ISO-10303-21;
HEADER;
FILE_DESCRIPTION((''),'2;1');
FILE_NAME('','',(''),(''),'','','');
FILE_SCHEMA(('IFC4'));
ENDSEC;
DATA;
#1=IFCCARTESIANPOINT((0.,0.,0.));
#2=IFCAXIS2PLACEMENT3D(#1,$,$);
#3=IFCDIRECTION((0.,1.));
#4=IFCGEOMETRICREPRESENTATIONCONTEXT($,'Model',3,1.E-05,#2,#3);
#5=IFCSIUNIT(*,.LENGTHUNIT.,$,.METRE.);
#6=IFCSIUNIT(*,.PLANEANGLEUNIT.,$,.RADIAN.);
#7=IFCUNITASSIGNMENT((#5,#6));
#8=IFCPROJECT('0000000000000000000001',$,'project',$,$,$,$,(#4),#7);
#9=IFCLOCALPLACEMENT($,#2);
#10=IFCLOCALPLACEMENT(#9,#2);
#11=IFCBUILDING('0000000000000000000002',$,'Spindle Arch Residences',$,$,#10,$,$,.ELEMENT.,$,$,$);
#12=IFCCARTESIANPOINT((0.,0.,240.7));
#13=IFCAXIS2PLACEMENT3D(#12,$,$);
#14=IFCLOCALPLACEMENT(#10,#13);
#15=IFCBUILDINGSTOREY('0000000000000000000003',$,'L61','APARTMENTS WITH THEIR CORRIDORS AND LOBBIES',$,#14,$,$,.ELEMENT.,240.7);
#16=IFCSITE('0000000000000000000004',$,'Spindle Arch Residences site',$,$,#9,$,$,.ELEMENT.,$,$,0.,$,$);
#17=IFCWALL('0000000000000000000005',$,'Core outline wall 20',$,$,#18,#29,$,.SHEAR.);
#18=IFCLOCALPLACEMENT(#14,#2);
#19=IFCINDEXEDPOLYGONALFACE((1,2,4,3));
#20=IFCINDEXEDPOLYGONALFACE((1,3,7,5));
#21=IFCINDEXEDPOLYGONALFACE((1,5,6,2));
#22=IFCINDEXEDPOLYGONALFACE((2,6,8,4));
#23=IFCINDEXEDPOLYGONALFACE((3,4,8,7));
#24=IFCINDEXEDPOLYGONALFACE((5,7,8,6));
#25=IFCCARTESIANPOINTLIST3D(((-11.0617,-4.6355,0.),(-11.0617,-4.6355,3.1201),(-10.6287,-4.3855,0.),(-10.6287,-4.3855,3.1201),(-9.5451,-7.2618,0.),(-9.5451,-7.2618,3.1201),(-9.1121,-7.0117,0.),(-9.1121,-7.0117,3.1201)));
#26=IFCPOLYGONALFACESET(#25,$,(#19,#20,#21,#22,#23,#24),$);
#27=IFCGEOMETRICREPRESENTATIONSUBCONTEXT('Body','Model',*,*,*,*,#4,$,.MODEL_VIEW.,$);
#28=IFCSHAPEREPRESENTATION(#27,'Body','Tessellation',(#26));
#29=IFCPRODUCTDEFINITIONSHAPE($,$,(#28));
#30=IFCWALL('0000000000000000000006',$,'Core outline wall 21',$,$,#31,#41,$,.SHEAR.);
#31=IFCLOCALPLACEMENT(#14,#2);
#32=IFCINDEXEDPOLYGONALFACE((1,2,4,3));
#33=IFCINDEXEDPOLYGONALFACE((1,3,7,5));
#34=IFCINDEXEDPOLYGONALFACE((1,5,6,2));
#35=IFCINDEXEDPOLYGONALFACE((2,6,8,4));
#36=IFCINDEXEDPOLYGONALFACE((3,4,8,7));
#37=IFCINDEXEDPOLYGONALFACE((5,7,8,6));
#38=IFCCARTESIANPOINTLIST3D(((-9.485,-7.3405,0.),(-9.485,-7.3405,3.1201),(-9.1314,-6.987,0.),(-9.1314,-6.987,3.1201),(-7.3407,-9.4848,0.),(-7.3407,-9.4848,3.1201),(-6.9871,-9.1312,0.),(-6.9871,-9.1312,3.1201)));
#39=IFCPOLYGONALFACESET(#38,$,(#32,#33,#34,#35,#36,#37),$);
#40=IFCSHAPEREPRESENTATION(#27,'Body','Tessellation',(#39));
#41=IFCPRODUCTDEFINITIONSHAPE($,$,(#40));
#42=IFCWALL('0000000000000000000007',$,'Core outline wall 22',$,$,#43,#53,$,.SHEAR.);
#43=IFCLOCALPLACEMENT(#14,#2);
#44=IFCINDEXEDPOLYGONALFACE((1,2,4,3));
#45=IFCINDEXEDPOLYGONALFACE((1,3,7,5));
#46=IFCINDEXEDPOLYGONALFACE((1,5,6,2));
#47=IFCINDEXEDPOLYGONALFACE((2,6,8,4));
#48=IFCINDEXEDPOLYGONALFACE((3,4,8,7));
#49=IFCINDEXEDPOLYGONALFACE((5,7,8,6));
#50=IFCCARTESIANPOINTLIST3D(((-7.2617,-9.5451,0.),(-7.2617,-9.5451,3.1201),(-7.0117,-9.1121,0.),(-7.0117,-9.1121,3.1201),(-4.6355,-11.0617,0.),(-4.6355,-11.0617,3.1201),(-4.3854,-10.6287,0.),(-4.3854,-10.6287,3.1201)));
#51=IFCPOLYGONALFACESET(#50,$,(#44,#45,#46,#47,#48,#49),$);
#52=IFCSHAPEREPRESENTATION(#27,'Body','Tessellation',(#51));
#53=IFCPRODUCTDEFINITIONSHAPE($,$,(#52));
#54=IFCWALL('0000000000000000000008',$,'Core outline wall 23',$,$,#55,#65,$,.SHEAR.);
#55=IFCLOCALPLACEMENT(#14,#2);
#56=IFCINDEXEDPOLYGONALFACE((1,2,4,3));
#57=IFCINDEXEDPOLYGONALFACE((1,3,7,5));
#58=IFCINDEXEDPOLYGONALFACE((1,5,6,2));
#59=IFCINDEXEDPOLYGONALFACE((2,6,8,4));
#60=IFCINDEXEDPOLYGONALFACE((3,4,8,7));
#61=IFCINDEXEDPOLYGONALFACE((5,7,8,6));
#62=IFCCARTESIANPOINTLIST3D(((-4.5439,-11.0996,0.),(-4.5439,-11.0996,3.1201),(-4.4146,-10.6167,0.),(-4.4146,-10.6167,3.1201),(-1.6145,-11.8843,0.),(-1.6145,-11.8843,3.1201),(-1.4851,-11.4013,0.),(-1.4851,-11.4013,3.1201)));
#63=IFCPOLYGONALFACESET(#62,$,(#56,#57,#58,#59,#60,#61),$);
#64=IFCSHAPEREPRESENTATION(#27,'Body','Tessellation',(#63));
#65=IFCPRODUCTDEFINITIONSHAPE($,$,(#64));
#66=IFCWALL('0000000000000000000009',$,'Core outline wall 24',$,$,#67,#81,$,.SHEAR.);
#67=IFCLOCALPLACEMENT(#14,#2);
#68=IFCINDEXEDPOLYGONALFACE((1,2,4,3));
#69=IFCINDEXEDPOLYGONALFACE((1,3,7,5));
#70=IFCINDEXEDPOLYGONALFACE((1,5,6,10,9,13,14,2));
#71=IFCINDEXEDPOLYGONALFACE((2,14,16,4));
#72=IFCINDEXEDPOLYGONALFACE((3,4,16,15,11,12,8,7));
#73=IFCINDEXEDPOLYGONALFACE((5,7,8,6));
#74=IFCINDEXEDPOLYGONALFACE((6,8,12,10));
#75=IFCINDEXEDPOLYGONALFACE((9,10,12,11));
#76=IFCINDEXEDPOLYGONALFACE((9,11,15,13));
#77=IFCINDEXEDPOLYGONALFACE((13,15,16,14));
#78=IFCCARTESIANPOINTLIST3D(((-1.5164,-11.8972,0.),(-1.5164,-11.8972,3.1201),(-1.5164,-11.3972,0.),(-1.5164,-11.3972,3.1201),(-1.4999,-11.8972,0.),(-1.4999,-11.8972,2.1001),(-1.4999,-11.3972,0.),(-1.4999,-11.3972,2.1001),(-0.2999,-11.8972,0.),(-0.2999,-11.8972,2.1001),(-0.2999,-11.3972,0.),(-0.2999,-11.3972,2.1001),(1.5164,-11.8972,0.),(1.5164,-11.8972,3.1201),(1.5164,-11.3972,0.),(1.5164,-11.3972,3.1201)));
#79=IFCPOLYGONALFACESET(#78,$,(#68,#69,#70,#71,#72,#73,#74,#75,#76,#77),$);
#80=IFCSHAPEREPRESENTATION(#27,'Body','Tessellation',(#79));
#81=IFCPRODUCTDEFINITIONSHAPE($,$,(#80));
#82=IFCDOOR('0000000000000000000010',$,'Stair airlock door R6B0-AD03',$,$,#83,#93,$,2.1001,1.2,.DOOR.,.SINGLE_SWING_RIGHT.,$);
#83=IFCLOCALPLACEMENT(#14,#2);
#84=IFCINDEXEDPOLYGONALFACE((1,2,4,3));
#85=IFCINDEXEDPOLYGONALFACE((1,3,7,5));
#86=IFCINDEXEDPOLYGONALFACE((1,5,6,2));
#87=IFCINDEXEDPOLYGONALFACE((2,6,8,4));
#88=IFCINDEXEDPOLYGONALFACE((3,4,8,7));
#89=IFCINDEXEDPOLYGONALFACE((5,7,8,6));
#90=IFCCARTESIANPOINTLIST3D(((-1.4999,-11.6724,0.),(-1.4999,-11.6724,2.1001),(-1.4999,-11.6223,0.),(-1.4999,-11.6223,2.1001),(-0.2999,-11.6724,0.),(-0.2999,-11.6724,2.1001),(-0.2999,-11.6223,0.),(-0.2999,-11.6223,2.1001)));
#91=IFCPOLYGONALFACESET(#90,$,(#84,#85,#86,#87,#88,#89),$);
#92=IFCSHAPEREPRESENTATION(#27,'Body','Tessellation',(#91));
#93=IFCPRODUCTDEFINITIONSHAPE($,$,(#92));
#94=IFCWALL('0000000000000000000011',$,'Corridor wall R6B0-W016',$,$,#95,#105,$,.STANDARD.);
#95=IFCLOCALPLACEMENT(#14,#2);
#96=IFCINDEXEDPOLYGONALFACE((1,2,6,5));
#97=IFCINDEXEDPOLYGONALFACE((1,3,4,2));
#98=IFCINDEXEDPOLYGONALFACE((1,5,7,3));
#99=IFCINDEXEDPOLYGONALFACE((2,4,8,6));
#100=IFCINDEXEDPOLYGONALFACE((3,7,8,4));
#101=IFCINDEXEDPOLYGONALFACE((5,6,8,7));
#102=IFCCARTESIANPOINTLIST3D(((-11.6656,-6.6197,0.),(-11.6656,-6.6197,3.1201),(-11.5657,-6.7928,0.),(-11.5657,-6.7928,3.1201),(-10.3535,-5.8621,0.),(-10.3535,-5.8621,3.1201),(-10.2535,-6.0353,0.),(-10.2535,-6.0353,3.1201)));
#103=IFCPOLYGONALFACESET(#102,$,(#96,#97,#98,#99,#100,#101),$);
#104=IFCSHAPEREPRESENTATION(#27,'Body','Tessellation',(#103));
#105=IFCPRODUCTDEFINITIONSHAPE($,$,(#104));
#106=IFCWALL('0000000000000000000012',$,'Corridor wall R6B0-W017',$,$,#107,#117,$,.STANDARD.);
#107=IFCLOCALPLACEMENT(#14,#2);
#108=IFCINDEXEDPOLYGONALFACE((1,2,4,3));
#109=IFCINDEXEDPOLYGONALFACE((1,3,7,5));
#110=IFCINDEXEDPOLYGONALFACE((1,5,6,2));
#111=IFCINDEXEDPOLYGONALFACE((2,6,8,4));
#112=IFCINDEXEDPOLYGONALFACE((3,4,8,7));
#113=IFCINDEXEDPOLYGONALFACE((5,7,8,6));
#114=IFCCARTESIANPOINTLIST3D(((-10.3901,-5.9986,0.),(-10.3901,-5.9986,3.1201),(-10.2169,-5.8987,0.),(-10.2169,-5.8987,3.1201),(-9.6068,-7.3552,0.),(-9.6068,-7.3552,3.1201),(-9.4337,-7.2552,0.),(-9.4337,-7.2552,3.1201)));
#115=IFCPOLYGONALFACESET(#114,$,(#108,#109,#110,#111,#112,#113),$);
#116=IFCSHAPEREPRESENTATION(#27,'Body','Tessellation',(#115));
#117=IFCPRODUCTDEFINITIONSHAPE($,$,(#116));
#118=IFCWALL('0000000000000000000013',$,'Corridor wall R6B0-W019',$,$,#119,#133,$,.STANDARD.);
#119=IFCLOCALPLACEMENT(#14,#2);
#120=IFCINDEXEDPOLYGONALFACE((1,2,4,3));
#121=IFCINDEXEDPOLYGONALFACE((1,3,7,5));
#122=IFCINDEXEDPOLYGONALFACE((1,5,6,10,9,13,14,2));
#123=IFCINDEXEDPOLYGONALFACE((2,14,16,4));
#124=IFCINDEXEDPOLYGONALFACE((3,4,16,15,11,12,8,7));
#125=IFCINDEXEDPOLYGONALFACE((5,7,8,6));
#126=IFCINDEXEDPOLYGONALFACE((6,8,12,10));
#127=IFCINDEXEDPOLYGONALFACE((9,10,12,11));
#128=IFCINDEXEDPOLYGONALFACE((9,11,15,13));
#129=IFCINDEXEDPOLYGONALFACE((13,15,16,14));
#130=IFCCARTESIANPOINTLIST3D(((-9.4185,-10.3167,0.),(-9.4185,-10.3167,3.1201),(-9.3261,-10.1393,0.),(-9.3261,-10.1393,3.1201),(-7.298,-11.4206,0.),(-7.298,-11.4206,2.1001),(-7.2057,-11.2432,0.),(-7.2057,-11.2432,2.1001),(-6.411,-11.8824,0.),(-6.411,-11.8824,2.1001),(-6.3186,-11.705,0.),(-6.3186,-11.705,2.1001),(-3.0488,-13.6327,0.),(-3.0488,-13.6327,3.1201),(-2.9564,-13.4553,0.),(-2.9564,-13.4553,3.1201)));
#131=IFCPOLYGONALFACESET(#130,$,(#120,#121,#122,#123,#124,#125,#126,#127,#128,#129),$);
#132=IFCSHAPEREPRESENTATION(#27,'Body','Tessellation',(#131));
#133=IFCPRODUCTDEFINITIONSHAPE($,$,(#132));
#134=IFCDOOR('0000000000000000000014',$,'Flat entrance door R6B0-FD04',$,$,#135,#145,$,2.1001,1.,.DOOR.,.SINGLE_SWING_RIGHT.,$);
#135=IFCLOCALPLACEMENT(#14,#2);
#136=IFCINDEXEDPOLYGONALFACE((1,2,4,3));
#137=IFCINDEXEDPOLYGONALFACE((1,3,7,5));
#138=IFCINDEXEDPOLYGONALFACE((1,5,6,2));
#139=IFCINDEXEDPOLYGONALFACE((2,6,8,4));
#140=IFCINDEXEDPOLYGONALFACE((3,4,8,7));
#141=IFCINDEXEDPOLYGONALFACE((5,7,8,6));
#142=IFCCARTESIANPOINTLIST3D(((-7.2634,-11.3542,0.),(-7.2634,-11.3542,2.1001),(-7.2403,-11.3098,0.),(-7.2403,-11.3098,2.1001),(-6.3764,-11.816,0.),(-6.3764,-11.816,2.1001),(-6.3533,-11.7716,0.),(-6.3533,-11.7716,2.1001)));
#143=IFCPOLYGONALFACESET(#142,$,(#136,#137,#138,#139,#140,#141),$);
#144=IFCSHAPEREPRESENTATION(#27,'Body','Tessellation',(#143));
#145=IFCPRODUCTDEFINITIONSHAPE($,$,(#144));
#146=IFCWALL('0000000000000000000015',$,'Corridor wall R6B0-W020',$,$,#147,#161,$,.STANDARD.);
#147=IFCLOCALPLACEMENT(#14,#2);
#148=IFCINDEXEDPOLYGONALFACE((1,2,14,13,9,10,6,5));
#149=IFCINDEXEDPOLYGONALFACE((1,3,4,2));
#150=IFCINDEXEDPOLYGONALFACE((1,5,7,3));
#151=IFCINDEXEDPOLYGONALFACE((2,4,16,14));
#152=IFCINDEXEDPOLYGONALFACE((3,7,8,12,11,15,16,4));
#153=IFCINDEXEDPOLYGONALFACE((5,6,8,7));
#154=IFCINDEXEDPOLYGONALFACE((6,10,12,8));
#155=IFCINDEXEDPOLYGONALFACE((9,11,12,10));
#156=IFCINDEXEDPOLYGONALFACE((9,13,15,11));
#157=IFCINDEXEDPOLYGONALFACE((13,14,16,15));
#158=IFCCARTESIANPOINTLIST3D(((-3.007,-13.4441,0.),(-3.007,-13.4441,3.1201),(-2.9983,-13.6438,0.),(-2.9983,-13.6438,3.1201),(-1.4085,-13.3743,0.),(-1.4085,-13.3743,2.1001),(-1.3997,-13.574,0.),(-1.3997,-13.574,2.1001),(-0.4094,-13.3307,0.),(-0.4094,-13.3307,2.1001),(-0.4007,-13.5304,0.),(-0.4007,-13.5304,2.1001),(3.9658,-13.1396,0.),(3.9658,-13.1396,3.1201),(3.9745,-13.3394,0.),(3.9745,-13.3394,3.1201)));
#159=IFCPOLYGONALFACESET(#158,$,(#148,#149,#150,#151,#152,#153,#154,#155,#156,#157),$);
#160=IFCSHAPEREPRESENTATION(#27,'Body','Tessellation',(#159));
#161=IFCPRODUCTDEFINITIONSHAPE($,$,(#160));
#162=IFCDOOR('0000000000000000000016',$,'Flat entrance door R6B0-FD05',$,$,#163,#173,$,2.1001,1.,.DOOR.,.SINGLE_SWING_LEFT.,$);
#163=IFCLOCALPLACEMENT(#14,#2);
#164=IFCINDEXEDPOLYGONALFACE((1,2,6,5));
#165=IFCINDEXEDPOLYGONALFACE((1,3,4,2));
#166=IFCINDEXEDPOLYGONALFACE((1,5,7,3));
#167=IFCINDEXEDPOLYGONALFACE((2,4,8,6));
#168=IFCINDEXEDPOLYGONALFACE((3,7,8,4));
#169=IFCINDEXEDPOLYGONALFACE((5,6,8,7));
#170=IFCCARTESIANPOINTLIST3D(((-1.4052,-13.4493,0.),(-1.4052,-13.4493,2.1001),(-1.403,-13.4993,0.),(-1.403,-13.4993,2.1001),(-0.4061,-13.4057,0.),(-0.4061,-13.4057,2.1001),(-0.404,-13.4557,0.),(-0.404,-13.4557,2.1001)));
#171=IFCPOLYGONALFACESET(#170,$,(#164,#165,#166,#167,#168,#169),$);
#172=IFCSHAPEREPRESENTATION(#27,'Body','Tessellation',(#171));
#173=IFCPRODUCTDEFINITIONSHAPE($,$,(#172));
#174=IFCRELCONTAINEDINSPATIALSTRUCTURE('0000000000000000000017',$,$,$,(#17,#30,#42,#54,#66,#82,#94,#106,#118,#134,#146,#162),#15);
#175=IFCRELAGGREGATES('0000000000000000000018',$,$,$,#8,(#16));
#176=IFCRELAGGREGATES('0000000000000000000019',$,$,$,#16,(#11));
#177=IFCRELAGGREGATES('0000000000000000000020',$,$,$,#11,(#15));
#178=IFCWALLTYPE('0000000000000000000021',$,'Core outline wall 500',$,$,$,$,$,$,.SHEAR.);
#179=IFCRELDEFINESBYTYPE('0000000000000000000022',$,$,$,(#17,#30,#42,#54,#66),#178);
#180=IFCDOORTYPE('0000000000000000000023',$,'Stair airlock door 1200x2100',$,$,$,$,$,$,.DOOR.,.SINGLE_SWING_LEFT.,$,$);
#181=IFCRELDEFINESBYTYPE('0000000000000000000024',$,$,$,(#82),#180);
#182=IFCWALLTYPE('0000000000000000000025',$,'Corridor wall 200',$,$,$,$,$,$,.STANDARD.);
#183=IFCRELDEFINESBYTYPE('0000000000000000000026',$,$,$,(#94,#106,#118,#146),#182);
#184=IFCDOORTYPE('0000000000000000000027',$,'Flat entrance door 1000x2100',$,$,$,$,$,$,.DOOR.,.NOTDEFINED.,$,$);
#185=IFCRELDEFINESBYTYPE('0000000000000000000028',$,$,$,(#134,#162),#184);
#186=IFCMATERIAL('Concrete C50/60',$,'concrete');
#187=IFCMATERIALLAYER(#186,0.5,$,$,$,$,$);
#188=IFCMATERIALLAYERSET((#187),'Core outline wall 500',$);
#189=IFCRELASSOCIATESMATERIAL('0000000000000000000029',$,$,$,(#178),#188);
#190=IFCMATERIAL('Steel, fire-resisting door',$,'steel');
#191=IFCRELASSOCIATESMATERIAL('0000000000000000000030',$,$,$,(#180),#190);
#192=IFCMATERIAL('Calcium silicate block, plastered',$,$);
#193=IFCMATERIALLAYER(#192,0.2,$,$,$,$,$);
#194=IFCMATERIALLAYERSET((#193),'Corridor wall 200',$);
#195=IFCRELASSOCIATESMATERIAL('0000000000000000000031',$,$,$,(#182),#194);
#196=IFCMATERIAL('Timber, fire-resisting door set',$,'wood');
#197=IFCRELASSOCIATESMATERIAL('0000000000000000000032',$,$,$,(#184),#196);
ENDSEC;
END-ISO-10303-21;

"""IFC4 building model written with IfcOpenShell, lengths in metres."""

from ifc_helpers import new_model, si_unit, direction, frame, frame_2d, origin, place, context, subcontext, project, spatial, rectangle, extrude, material, layer, layer_set, type_object, element, fill, save


model = new_model("IFC4")

# Units and contexts
model_context = context("Model", 3, precision=1e-05, world=origin(), true_north=direction((0.0, 1.0)))
body_context = subcontext(model_context, "Body", "Model", "MODEL_VIEW")
ifc_project = project(units=[si_unit("LENGTHUNIT", "METRE"), si_unit("PLANEANGLEUNIT", "RADIAN")], contexts=[model_context])

# Site, building, storey
site_placement = place(None, origin())
site = spatial("IfcSite", under=ifc_project, at=site_placement, Name="Spindle Arch Residences site", CompositionType="ELEMENT", RefElevation=0.0)
building_placement = place(site_placement, origin())
building = spatial("IfcBuilding", under=site, at=building_placement, Name="Spindle Arch Residences", CompositionType="ELEMENT")
storey_placement = place(building_placement, frame((0.0, 0.0, 240.7)))
storey = spatial("IfcBuildingStorey", under=building, at=storey_placement, Name="L61", Description="APARTMENTS WITH THEIR CORRIDORS AND LOBBIES", CompositionType="ELEMENT", Elevation=240.7)

# Walls
ifc_material_1 = material(Name="Concrete C50/60", Category="concrete")
ifc_layer_1 = layer(ifc_material_1, 0.5)
ifc_layer_set_1 = layer_set([ifc_layer_1], Name="Core outline wall 500")
wall_type_1 = type_object("IfcWallType", Name="Core outline wall 500", PredefinedType="SHEAR", material=ifc_layer_set_1)
wall_1_placement = place(storey_placement, frame((-10.8452, -4.5105, 0.0), z_axis=(0.0, 0.0, 1.0), x_axis=(0.500087, -0.865975, 0.0)))
element("IfcWall", 1, at=wall_1_placement, inside=storey, type_object=wall_type_1, Name="Core outline wall 20", PredefinedType="SHEAR", context=body_context, shape_type="SweptSolid", body=[
    extrude(rectangle(XDim=3.0327, YDim=0.5, at=frame_2d((1.5164, 0.0))), origin(), (0.0, 0.0, 1.0), 3.1201),
])
wall_2_placement = place(storey_placement, frame((-9.3081, -7.1638, 0.0), z_axis=(0.0, 0.0, 1.0), x_axis=(0.707107, -0.707107, 0.0)))
element("IfcWall", 2, at=wall_2_placement, inside=storey, type_object=wall_type_1, Name="Core outline wall 21", PredefinedType="SHEAR", context=body_context, shape_type="SweptSolid", body=[
    extrude(rectangle(XDim=3.0325, YDim=0.5, at=frame_2d((1.5161, 0.0))), origin(), (0.0, 0.0, 1.0), 3.1201),
])
for number, where, z_axis, x_axis, name in (
    (3, (-7.1367, -9.3286, 0.0), (0.0, 0.0, 1.0), (0.865975, -0.500087, 0.0), "Core outline wall 22"),
    (4, (-4.4792, -10.8582, 0.0), (0.0, 0.0, 1.0), (0.965948, -0.258735, 0.0), "Core outline wall 23"),
):
    element("IfcWall", number, at=place(storey_placement, frame(where, z_axis=z_axis, x_axis=x_axis)), inside=storey, type_object=wall_type_1, Name=name, PredefinedType="SHEAR", context=body_context, shape_type="SweptSolid", body=[
        extrude(rectangle(XDim=3.0327, YDim=0.5, at=frame_2d((1.5164, 0.0))), origin(), (0.0, 0.0, 1.0), 3.1201),
    ])

# Wall, opening, door
wall_3_placement = place(storey_placement, frame((-1.5164, -11.6472, 0.0), z_axis=(0.0, 0.0, 1.0), x_axis=(1.0, 0.0, 0.0)))
wall_3 = element("IfcWall", 5, at=wall_3_placement, inside=storey, type_object=wall_type_1, Name="Core outline wall 24", PredefinedType="SHEAR", context=body_context, shape_type="SweptSolid", body=[
    extrude(rectangle(XDim=3.0327, YDim=0.5, at=frame_2d((1.5164, 0.0))), origin(), (0.0, 0.0, 1.0), 3.1201),
])
opening_1_placement = place(wall_3_placement, frame((0.0164, 0.0, 0.0)))
opening_1 = element("IfcOpeningElement", 6, at=opening_1_placement, cuts=wall_3, PredefinedType="OPENING", context=body_context, shape_type="SweptSolid", body=[
    extrude(rectangle(XDim=1.2, YDim=2.1001, at=frame_2d((0.6001, 1.05))), frame((0.0, 0.26, 0.0), z_axis=(0.0, -1.0, 0.0), x_axis=(1.0, 0.0, 0.0)), (0.0, 0.0, 1.0), 0.52),
])
ifc_material_2 = material(Name="Steel, fire-resisting door", Category="steel")
door_type_1 = type_object("IfcDoorType", Name="Stair airlock door 1200x2100", OperationType="SINGLE_SWING_LEFT", PredefinedType="DOOR", material=ifc_material_2)
door_1_placement = place(opening_1_placement, origin())
door_1 = element("IfcDoor", 7, at=door_1_placement, inside=storey, type_object=door_type_1, Name="Stair airlock door R6B0-AD03", OperationType="SINGLE_SWING_RIGHT", OverallHeight=2.1001, OverallWidth=1.2, PredefinedType="DOOR", context=body_context, shape_type="SweptSolid", body=[
    extrude(rectangle(XDim=1.2, YDim=2.1001, at=frame_2d((0.6001, 1.05))), frame((0.0, 0.0249, 0.0), z_axis=(0.0, -1.0, 0.0), x_axis=(1.0, 0.0, 0.0)), (0.0, 0.0, 1.0), 0.05),
])
fill(opening_1, door_1)

# Walls
ifc_material_3 = material(Name="Calcium silicate block, plastered")
ifc_layer_2 = layer(ifc_material_3, 0.2)
ifc_layer_set_2 = layer_set([ifc_layer_2], Name="Corridor wall 200")
wall_type_2 = type_object("IfcWallType", Name="Corridor wall 200", PredefinedType="STANDARD", material=ifc_layer_set_2)
wall_4_placement = place(storey_placement, frame((-10.3035, -5.9487, 0.0), z_axis=(0.0, 0.0, 1.0), x_axis=(-0.866043, -0.499969, 0.0)))
element("IfcWall", 8, at=wall_4_placement, inside=storey, type_object=wall_type_2, Name="Corridor wall R6B0-W016", PredefinedType="STANDARD", context=body_context, shape_type="SweptSolid", body=[
    extrude(rectangle(XDim=1.5151, YDim=0.2, at=frame_2d((0.7576, 0.0))), origin(), (0.0, 0.0, 1.0), 3.1201),
])
wall_5_placement = place(storey_placement, frame((-9.5203, -7.3052, 0.0), z_axis=(0.0, 0.0, 1.0), x_axis=(-0.500028, 0.866009, 0.0)))
element("IfcWall", 9, at=wall_5_placement, inside=storey, type_object=wall_type_2, Name="Corridor wall R6B0-W017", PredefinedType="STANDARD", context=body_context, shape_type="SweptSolid", body=[
    extrude(rectangle(XDim=1.5664, YDim=0.2, at=frame_2d((0.7832, 0.0))), origin(), (0.0, 0.0, 1.0), 3.1201),
])

# Walls, openings, doors
wall_6_placement = place(storey_placement, frame((-9.3723, -10.228, 0.0), z_axis=(0.0, 0.0, 1.0), x_axis=(0.887005, -0.461759, 0.0)))
wall_6 = element("IfcWall", 10, at=wall_6_placement, inside=storey, type_object=wall_type_2, Name="Corridor wall R6B0-W019", PredefinedType="STANDARD", context=body_context, shape_type="SweptSolid", body=[
    extrude(rectangle(XDim=7.1812, YDim=0.2, at=frame_2d((3.5906, 0.0))), origin(), (0.0, 0.0, 1.0), 3.1201),
])
opening_2_placement = place(wall_6_placement, frame((2.3906, 0.0, 0.0)))
opening_2 = element("IfcOpeningElement", 11, at=opening_2_placement, cuts=wall_6, PredefinedType="OPENING", context=body_context, shape_type="SweptSolid", body=[
    extrude(rectangle(XDim=1.0, YDim=2.1001, at=frame_2d((0.5, 1.05))), frame((0.0, 0.1099, 0.0), z_axis=(0.0, -1.0, 0.0), x_axis=(1.0, 0.0, 0.0)), (0.0, 0.0, 1.0), 0.22),
])
ifc_material_4 = material(Name="Timber, fire-resisting door set", Category="wood")
door_type_2 = type_object("IfcDoorType", Name="Flat entrance door 1000x2100", OperationType="NOTDEFINED", PredefinedType="DOOR", material=ifc_material_4)
door_2_placement = place(opening_2_placement, origin())
door_2 = element("IfcDoor", 12, at=door_2_placement, inside=storey, type_object=door_type_2, Name="Flat entrance door R6B0-FD04", OperationType="SINGLE_SWING_RIGHT", OverallHeight=2.1001, OverallWidth=1.0, PredefinedType="DOOR", context=body_context, shape_type="SweptSolid", body=[
    extrude(rectangle(XDim=1.0, YDim=2.1001, at=frame_2d((0.5, 1.05))), frame((0.0, 0.0249, 0.0), z_axis=(0.0, -1.0, 0.0), x_axis=(1.0, 0.0, 0.0)), (0.0, 0.0, 1.0), 0.05),
])
fill(opening_2, door_2)
wall_7_placement = place(storey_placement, frame((-3.0027, -13.5439, 0.0), z_axis=(0.0, 0.0, 1.0), x_axis=(0.999048, 0.043619, 0.0)))
wall_7 = element("IfcWall", 13, at=wall_7_placement, inside=storey, type_object=wall_type_2, Name="Corridor wall R6B0-W020", PredefinedType="STANDARD", context=body_context, shape_type="SweptSolid", body=[
    extrude(rectangle(XDim=6.9795, YDim=0.2, at=frame_2d((3.4897, 0.0))), origin(), (0.0, 0.0, 1.0), 3.1201),
])
opening_3_placement = place(wall_7_placement, frame((1.6001, 0.0, 0.0)))
opening_3 = element("IfcOpeningElement", 14, at=opening_3_placement, cuts=wall_7, PredefinedType="OPENING", context=body_context, shape_type="SweptSolid", body=[
    extrude(rectangle(XDim=1.0, YDim=2.1001, at=frame_2d((0.5, 1.05))), frame((0.0, 0.1099, 0.0), z_axis=(0.0, -1.0, 0.0), x_axis=(1.0, 0.0, 0.0)), (0.0, 0.0, 1.0), 0.22),
])
door_3_placement = place(opening_3_placement, origin())
door_3 = element("IfcDoor", 15, at=door_3_placement, inside=storey, type_object=door_type_2, Name="Flat entrance door R6B0-FD05", OperationType="SINGLE_SWING_LEFT", OverallHeight=2.1001, OverallWidth=1.0, PredefinedType="DOOR", context=body_context, shape_type="SweptSolid", body=[
    extrude(rectangle(XDim=1.0, YDim=2.1001, at=frame_2d((0.5, 1.05))), frame((0.0, 0.0249, 0.0), z_axis=(0.0, -1.0, 0.0), x_axis=(1.0, 0.0, 0.0)), (0.0, 0.0, 1.0), 0.05),
])
fill(opening_3, door_3)

save(model, "model.ifc")
